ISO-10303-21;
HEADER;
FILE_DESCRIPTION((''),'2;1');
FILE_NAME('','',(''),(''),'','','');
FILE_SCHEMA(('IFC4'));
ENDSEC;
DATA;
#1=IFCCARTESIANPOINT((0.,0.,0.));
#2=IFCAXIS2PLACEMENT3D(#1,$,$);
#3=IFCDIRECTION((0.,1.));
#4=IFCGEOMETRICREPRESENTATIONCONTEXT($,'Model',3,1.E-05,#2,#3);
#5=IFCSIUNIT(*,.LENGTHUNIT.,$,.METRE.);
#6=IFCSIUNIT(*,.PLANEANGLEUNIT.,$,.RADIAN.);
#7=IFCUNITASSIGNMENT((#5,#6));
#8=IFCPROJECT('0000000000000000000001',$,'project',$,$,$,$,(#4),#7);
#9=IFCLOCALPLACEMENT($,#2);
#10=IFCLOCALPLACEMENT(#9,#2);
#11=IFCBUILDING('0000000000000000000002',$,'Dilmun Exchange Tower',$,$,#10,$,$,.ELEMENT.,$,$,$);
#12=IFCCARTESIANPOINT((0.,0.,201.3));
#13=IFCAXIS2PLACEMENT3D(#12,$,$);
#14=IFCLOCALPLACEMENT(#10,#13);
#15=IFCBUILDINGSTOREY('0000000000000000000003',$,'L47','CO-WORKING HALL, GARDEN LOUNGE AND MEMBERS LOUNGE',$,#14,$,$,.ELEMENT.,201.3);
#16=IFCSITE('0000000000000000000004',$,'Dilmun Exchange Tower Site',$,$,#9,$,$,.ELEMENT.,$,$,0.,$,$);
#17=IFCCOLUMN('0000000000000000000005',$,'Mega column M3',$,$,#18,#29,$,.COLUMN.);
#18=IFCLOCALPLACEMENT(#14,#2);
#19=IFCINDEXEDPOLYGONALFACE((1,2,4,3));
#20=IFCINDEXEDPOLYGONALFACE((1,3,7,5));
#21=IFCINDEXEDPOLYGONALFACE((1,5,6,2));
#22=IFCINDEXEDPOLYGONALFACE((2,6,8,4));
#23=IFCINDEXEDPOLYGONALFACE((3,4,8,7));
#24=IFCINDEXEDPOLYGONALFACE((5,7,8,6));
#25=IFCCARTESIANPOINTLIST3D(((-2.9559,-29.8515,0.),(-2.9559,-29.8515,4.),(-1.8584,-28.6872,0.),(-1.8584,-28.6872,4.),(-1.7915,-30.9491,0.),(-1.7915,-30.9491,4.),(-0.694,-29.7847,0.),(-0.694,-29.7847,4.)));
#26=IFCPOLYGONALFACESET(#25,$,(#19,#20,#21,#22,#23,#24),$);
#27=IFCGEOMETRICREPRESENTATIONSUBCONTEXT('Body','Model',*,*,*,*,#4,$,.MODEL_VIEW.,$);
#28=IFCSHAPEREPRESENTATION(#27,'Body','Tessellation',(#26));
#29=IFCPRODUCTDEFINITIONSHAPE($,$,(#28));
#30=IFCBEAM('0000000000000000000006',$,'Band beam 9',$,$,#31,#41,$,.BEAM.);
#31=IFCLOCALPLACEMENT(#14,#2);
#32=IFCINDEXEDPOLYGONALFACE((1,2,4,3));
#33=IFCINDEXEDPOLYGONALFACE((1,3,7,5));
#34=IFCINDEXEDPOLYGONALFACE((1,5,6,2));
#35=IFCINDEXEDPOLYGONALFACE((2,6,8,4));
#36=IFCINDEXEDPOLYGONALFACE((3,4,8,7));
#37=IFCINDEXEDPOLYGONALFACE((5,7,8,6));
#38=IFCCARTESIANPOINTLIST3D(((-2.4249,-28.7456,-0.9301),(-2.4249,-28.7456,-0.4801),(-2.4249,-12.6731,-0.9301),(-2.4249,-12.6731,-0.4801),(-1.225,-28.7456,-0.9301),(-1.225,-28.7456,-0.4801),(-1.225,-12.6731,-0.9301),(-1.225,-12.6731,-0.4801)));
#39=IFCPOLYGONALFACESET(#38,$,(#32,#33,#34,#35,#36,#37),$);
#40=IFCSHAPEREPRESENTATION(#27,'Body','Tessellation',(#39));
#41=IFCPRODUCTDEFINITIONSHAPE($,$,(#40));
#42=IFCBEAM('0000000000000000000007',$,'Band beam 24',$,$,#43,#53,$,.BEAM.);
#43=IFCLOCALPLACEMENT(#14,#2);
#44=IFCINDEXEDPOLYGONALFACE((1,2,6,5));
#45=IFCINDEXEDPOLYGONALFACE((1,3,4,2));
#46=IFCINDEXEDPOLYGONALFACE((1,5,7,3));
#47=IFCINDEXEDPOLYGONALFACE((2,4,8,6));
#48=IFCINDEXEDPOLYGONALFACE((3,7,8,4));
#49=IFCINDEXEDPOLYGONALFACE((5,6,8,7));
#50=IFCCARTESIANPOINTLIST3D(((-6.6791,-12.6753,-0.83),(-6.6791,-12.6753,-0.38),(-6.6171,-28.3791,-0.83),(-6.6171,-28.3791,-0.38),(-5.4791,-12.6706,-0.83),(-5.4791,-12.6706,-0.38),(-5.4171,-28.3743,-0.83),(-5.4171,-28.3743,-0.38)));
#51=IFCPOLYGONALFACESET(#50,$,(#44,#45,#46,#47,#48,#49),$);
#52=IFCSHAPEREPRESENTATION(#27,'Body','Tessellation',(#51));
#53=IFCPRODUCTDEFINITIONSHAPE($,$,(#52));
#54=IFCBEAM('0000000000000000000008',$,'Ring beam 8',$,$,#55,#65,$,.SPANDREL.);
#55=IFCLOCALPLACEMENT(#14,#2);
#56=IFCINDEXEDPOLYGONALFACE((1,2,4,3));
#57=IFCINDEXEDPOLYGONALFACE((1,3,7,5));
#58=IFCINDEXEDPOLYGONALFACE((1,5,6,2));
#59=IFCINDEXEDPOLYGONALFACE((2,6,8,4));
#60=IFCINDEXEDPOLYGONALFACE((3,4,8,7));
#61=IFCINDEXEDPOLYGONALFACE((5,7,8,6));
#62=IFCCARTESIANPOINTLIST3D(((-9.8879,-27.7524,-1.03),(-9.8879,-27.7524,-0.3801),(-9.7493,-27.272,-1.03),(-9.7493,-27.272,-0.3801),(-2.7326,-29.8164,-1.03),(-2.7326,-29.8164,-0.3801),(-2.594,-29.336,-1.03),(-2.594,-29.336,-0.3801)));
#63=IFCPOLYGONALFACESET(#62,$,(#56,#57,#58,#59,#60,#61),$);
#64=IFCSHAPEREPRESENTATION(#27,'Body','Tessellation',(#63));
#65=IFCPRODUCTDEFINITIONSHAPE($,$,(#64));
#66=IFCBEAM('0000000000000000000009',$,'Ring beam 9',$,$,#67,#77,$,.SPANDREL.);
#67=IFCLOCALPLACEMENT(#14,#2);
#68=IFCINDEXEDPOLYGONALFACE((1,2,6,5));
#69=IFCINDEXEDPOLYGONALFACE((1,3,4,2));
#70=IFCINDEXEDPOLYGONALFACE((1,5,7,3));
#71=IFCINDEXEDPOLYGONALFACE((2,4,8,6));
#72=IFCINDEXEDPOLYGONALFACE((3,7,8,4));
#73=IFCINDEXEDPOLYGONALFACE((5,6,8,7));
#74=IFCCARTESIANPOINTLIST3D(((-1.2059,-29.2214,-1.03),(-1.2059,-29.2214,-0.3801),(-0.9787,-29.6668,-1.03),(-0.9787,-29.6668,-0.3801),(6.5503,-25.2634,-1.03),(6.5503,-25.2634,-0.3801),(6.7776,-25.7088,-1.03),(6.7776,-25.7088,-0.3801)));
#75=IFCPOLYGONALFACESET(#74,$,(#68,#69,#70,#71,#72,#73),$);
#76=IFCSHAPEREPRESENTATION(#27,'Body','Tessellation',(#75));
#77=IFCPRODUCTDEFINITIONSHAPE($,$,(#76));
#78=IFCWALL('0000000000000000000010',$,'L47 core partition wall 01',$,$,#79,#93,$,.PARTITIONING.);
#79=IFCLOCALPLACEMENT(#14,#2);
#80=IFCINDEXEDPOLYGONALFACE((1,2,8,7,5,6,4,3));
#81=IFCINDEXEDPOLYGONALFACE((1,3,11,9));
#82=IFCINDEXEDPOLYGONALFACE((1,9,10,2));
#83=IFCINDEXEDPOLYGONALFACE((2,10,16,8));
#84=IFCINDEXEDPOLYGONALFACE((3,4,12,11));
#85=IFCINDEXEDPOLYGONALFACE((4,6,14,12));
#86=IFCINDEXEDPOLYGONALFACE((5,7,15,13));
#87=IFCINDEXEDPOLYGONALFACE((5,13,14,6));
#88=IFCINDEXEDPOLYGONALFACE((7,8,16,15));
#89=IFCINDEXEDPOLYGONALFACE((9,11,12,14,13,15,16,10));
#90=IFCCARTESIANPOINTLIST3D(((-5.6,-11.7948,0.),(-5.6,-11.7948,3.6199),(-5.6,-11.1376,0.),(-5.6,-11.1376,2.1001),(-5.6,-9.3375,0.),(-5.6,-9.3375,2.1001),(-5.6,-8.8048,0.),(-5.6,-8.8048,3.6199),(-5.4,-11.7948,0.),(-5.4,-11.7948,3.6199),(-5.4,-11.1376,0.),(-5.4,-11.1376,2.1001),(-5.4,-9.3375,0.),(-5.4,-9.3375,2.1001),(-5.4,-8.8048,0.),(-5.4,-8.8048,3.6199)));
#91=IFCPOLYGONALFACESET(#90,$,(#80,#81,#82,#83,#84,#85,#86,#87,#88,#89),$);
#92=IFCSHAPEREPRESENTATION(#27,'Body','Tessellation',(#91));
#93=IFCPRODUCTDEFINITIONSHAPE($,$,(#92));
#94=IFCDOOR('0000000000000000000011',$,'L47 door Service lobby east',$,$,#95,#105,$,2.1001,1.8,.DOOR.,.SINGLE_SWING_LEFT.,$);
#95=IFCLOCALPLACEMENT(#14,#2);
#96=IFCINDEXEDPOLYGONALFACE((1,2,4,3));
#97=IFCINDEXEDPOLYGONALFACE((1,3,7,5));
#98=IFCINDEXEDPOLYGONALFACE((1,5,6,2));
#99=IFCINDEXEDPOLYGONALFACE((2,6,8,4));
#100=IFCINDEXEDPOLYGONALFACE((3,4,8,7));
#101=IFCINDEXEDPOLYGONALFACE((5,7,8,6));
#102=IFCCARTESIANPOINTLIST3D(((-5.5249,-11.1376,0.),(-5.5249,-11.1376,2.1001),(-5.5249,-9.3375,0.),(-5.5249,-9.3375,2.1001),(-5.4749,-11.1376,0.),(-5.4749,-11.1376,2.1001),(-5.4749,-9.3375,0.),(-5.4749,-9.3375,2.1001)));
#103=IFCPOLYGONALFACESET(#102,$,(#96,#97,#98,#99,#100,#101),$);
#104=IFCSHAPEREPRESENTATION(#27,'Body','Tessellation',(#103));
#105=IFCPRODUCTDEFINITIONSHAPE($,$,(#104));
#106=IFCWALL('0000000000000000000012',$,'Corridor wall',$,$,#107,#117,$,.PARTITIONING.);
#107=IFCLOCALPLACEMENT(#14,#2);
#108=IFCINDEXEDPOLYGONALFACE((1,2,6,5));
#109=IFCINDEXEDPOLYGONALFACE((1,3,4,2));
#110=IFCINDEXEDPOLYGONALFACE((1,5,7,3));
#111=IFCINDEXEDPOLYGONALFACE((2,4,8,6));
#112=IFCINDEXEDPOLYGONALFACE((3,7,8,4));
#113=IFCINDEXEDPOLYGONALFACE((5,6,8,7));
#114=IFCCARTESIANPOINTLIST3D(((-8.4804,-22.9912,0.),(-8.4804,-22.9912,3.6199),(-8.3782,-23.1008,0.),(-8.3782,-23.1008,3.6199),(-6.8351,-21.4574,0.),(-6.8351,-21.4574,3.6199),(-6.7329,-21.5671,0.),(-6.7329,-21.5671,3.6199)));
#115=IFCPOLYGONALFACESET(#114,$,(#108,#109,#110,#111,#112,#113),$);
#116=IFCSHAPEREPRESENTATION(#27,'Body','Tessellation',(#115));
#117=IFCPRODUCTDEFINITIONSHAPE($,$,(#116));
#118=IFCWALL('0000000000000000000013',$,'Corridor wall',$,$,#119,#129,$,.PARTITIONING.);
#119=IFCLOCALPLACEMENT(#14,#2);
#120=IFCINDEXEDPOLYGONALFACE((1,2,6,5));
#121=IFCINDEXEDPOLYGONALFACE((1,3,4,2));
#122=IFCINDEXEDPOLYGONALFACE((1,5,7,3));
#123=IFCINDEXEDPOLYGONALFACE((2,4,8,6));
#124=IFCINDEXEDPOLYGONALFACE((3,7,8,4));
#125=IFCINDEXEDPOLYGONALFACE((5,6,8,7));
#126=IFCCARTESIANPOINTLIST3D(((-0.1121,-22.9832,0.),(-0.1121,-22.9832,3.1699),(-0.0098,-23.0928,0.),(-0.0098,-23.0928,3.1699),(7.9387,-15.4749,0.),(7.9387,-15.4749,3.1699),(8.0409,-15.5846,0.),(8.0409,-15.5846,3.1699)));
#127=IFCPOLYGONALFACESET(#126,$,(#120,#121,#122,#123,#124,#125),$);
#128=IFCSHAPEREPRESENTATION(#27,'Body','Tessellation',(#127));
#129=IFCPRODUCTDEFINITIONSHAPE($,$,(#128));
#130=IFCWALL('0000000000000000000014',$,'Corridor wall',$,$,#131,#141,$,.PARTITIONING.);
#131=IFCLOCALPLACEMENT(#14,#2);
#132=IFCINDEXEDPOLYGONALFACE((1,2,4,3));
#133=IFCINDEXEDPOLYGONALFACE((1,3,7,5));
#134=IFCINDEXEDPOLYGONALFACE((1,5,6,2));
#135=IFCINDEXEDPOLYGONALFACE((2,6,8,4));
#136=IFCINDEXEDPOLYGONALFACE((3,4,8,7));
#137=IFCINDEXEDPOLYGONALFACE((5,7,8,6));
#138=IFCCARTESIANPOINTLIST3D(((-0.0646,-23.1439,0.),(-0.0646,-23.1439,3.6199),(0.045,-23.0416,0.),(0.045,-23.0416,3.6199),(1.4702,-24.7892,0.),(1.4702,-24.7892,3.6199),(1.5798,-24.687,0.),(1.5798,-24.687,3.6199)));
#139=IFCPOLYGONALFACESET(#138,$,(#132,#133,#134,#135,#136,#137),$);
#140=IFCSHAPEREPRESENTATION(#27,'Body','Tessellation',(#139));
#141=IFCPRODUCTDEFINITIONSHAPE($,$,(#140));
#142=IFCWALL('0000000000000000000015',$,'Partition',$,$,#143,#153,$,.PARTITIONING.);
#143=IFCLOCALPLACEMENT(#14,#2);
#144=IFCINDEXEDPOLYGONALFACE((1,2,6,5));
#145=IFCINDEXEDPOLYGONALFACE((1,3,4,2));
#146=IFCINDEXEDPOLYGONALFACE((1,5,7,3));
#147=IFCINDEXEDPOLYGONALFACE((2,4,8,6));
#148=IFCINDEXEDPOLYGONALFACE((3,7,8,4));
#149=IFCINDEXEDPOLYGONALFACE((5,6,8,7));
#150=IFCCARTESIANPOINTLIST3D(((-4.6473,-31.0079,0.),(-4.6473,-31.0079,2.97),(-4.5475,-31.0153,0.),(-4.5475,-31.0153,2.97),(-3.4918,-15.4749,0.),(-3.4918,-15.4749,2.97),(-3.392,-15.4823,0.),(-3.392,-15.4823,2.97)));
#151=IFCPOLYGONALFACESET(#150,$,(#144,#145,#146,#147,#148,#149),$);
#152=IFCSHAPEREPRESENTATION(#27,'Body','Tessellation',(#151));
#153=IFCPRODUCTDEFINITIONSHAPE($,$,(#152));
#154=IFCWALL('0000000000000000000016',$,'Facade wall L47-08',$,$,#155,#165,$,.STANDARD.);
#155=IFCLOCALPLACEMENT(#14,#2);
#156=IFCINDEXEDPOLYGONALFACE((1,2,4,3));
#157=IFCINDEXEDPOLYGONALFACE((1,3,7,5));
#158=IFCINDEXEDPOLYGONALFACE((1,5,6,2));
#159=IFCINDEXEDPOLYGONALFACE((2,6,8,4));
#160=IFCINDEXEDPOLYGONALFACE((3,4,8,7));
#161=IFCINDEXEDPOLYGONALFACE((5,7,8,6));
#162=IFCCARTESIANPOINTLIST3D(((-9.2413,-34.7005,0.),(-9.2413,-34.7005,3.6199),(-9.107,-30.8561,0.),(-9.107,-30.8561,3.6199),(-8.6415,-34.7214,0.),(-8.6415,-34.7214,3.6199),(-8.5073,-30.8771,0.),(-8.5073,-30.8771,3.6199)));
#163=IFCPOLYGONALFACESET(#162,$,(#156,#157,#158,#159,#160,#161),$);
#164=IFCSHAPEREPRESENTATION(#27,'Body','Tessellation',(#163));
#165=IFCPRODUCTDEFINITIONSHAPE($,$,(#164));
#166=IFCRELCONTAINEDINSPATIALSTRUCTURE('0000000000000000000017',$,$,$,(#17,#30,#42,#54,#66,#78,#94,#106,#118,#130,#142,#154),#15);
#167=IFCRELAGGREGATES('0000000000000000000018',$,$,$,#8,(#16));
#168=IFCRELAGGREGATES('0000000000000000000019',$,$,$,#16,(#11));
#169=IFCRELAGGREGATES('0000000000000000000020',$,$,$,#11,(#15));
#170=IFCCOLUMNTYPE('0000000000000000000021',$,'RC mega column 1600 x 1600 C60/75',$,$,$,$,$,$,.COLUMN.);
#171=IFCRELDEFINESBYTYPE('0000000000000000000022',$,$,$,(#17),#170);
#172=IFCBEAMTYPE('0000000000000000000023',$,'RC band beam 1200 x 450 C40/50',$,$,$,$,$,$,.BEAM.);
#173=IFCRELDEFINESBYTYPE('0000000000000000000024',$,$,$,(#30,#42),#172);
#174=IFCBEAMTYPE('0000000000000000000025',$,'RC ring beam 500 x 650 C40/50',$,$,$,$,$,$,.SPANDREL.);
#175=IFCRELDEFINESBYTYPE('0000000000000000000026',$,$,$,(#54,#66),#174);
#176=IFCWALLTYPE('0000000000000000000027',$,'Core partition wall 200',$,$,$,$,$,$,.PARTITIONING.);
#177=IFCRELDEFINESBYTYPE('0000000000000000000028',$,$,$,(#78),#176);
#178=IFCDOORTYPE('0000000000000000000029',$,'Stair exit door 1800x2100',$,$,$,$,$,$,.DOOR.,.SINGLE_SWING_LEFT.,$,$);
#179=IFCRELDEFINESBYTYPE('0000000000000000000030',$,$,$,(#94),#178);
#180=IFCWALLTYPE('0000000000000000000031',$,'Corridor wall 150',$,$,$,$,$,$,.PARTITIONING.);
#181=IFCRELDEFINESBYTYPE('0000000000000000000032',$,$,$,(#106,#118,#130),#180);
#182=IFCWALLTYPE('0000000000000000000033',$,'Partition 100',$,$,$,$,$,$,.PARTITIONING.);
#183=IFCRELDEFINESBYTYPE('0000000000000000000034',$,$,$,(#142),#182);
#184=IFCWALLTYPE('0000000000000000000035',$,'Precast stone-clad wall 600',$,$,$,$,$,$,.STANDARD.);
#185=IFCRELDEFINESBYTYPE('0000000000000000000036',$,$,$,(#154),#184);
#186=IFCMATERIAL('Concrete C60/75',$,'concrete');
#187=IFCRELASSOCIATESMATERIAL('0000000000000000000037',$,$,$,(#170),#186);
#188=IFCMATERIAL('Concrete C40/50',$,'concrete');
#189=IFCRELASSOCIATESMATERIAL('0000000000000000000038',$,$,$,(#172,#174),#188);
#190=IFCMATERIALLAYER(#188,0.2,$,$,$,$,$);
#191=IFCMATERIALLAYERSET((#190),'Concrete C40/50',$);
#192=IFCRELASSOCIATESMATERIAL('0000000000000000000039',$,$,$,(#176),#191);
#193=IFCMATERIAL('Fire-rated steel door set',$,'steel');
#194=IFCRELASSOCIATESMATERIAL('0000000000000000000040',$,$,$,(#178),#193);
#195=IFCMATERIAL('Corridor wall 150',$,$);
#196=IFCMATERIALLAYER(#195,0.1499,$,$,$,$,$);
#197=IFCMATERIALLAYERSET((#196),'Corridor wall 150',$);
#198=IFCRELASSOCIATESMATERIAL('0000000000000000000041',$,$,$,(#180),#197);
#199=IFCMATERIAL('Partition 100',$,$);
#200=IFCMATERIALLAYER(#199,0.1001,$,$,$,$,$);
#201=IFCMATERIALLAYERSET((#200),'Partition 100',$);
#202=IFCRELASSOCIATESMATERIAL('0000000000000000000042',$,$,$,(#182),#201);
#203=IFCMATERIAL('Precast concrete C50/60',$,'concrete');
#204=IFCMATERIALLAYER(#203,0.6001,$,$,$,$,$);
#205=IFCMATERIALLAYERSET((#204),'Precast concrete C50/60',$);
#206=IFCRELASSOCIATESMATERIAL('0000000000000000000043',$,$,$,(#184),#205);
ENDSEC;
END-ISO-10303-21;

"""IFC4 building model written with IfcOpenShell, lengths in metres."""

from ifc_helpers import new_model, si_unit, direction, frame, frame_2d, origin, origin_2d, place, context, subcontext, project, spatial, rectangle, extrude, material, layer, layer_set, material_profile, profile_set, type_object, element, fill, save


model = new_model("IFC4")

# Units and contexts
model_context = context("Model", 3, precision=1e-05, world=origin(), true_north=direction((0.0, 1.0)))
body_context = subcontext(model_context, "Body", "Model", "MODEL_VIEW")
ifc_project = project(units=[si_unit("LENGTHUNIT", "METRE"), si_unit("PLANEANGLEUNIT", "RADIAN")], contexts=[model_context])

# Site, building, storey
site_placement = place(None, origin())
site = spatial("IfcSite", under=ifc_project, at=site_placement, Name="Dilmun Exchange Tower Site", CompositionType="ELEMENT", RefElevation=0.0)
building_placement = place(site_placement, origin())
building = spatial("IfcBuilding", under=site, at=building_placement, Name="Dilmun Exchange Tower", CompositionType="ELEMENT")
storey_placement = place(building_placement, frame((0.0, 0.0, 201.3)))
storey = spatial("IfcBuildingStorey", under=building, at=storey_placement, Name="L47", Description="CO-WORKING HALL, GARDEN LOUNGE AND MEMBERS LOUNGE", CompositionType="ELEMENT", Elevation=201.3)

# Column
ifc_material_1 = material(Name="Concrete C60/75", Category="concrete")
ifc_material_profile_1 = material_profile(ifc_material_1, rectangle(XDim=1.6001, YDim=1.6001, at=origin_2d()), Name="1600 x 1600")
ifc_profile_set_1 = profile_set([ifc_material_profile_1], Name="Concrete C60/75")
column_type = type_object("IfcColumnType", Name="RC mega column 1600 x 1600 C60/75", PredefinedType="COLUMN", material=ifc_profile_set_1)
column_placement = place(storey_placement, frame((-1.825, -29.8181, 0.0), z_axis=(0.0, 0.0, 1.0), x_axis=(0.685916, 0.727681, 0.0)))
element("IfcColumn", 1, at=column_placement, inside=storey, type_object=column_type, Name="Mega column M3", PredefinedType="COLUMN", context=body_context, shape_type="SweptSolid", body=[
    extrude(rectangle(XDim=1.6001, YDim=1.6001, at=origin_2d()), origin(), (0.0, 0.0, 1.0), 4.0),
])

# Beams
ifc_material_2 = material(Name="Concrete C40/50", Category="concrete")
ifc_material_profile_2 = material_profile(ifc_material_2, rectangle(XDim=1.2, YDim=0.45, at=origin_2d()), Name="1200 x 450")
ifc_profile_set_2 = profile_set([ifc_material_profile_2], Name="Concrete C40/50")
beam_type_1 = type_object("IfcBeamType", Name="RC band beam 1200 x 450 C40/50", PredefinedType="BEAM", material=ifc_profile_set_2)
beam_1_placement = place(storey_placement, frame((-1.825, -28.7456, -0.7051), z_axis=(0.0, 1.0, 0.0), x_axis=(-1.0, 0.0, 0.0)))
element("IfcBeam", 2, at=beam_1_placement, inside=storey, type_object=beam_type_1, Name="Band beam 9", PredefinedType="BEAM", context=body_context, shape_type="SweptSolid", body=[
    extrude(rectangle(XDim=1.2, YDim=0.45, at=origin_2d()), origin(), (0.0, 0.0, 1.0), 16.0725),
])
beam_2_placement = place(storey_placement, frame((-6.0171, -28.3767, -0.605), z_axis=(-0.003949, 0.999992, 0.0), x_axis=(-0.999992, -0.003949, 0.0)))
element("IfcBeam", 3, at=beam_2_placement, inside=storey, type_object=beam_type_1, Name="Band beam 24", PredefinedType="BEAM", context=body_context, shape_type="SweptSolid", body=[
    extrude(rectangle(XDim=1.2, YDim=0.45, at=origin_2d()), origin(), (0.0, 0.0, 1.0), 15.7039),
])
ifc_material_profile_3 = material_profile(ifc_material_2, rectangle(XDim=0.5, YDim=0.6499, at=origin_2d()), Name="500 x 650")
ifc_profile_set_3 = profile_set([ifc_material_profile_3], Name="Concrete C40/50")
beam_type_2 = type_object("IfcBeamType", Name="RC ring beam 500 x 650 C40/50", PredefinedType="SPANDREL", material=ifc_profile_set_3)
beam_3_placement = place(storey_placement, frame((-9.8186, -27.5122, -0.7051), z_axis=(0.960826, -0.277154, 0.0), x_axis=(0.277154, 0.960826, 0.0)))
element("IfcBeam", 4, at=beam_3_placement, inside=storey, type_object=beam_type_2, Name="Ring beam 8", PredefinedType="SPANDREL", context=body_context, shape_type="SweptSolid", body=[
    extrude(rectangle(XDim=0.5, YDim=0.6499, at=origin_2d()), origin(), (0.0, 0.0, 1.0), 7.447),
])
beam_4_placement = place(storey_placement, frame((-1.0923, -29.4441, -0.7051), z_axis=(0.89073, 0.454533, 0.0), x_axis=(-0.454533, 0.89073, 0.0)))
element("IfcBeam", 5, at=beam_4_placement, inside=storey, type_object=beam_type_2, Name="Ring beam 9", PredefinedType="SPANDREL", context=body_context, shape_type="SweptSolid", body=[
    extrude(rectangle(XDim=0.5, YDim=0.6499, at=origin_2d()), origin(), (0.0, 0.0, 1.0), 8.7078),
])

# Wall, opening, door
ifc_layer_1 = layer(ifc_material_2, 0.2)
ifc_layer_set_1 = layer_set([ifc_layer_1], Name="Concrete C40/50")
wall_type_1 = type_object("IfcWallType", Name="Core partition wall 200", PredefinedType="PARTITIONING", material=ifc_layer_set_1)
wall_1_placement = place(storey_placement, frame((-5.5, -11.7949, 0.0), z_axis=(0.0, 0.0, 1.0), x_axis=(0.0, 1.0, 0.0)))
wall_1 = element("IfcWall", 6, at=wall_1_placement, inside=storey, type_object=wall_type_1, Name="L47 core partition wall 01", PredefinedType="PARTITIONING", context=body_context, shape_type="SweptSolid", body=[
    extrude(rectangle(XDim=2.99, YDim=0.2, at=frame_2d((1.4951, 0.0))), origin(), (0.0, 0.0, 1.0), 3.6199),
])
opening_1_placement = place(wall_1_placement, frame((0.6575, 0.0, 0.0)))
opening_1 = element("IfcOpeningElement", 7, at=opening_1_placement, cuts=wall_1, PredefinedType="OPENING", context=body_context, shape_type="SweptSolid", body=[
    extrude(rectangle(XDim=1.8, YDim=2.1001, at=frame_2d((0.8999, 1.05))), frame((0.0, 0.1099, 0.0), z_axis=(0.0, -1.0, 0.0), x_axis=(1.0, 0.0, 0.0)), (0.0, 0.0, 1.0), 0.22),
])
ifc_material_3 = material(Name="Fire-rated steel door set", Category="steel")
door_type = type_object("IfcDoorType", Name="Stair exit door 1800x2100", OperationType="SINGLE_SWING_LEFT", PredefinedType="DOOR", material=ifc_material_3)
door_placement = place(opening_1_placement, origin())
door = element("IfcDoor", 8, at=door_placement, inside=storey, type_object=door_type, Name="L47 door Service lobby east", OperationType="SINGLE_SWING_LEFT", OverallHeight=2.1001, OverallWidth=1.8, PredefinedType="DOOR", context=body_context, shape_type="SweptSolid", body=[
    extrude(rectangle(XDim=1.8, YDim=2.1001, at=frame_2d((0.8999, 1.05))), frame((0.0, 0.0249, 0.0), z_axis=(0.0, -1.0, 0.0), x_axis=(1.0, 0.0, 0.0)), (0.0, 0.0, 1.0), 0.05),
])
fill(opening_1, door)

# Walls
ifc_material_4 = material(Name="Corridor wall 150")
ifc_layer_2 = layer(ifc_material_4, 0.1499)
ifc_layer_set_2 = layer_set([ifc_layer_2], Name="Corridor wall 150")
wall_type_2 = type_object("IfcWallType", Name="Corridor wall 150", PredefinedType="PARTITIONING", material=ifc_layer_set_2)
wall_2_placement = place(storey_placement, frame((-8.4292, -23.0459, 0.0), z_axis=(0.0, 0.0, 1.0), x_axis=(0.731474, 0.68187, 0.0)))
element("IfcWall", 9, at=wall_2_placement, inside=storey, type_object=wall_type_2, Name="Corridor wall", PredefinedType="PARTITIONING", context=body_context, shape_type="SweptSolid", body=[
    extrude(rectangle(XDim=2.2493, YDim=0.1499, at=frame_2d((1.1245, 0.0))), origin(), (0.0, 0.0, 1.0), 3.6199),
])
wall_3_placement = place(storey_placement, frame((-0.061, -23.0381, 0.0), z_axis=(0.0, 0.0, 1.0), x_axis=(0.731316, 0.682038, 0.0)))
element("IfcWall", 10, at=wall_3_placement, inside=storey, type_object=wall_type_2, Name="Corridor wall", PredefinedType="PARTITIONING", context=body_context, shape_type="SweptSolid", body=[
    extrude(rectangle(XDim=11.0085, YDim=0.1499, at=frame_2d((5.5044, 0.0))), origin(), (0.0, 0.0, 1.0), 3.1699),
])
wall_4_placement = place(storey_placement, frame((-0.0098, -23.0928, 0.0), z_axis=(0.0, 0.0, 1.0), x_axis=(0.682102, -0.731257, 0.0)))
element("IfcWall", 11, at=wall_4_placement, inside=storey, type_object=wall_type_2, Name="Corridor wall", PredefinedType="PARTITIONING", context=body_context, shape_type="SweptSolid", body=[
    extrude(rectangle(XDim=2.25, YDim=0.1499, at=frame_2d((1.125, 0.0))), origin(), (0.0, 0.0, 1.0), 3.6199),
])
ifc_material_5 = material(Name="Partition 100")
ifc_layer_3 = layer(ifc_material_5, 0.1001)
ifc_layer_set_3 = layer_set([ifc_layer_3], Name="Partition 100")
wall_type_3 = type_object("IfcWallType", Name="Partition 100", PredefinedType="PARTITIONING", material=ifc_layer_set_3)
wall_5_placement = place(storey_placement, frame((-4.5974, -31.0117, 0.0), z_axis=(0.0, 0.0, 1.0), x_axis=(0.074186, 0.997244, 0.0)))
element("IfcWall", 12, at=wall_5_placement, inside=storey, type_object=wall_type_3, Name="Partition", PredefinedType="PARTITIONING", context=body_context, shape_type="SweptSolid", body=[
    extrude(rectangle(XDim=15.5759, YDim=0.1001, at=frame_2d((7.7881, 0.0))), origin(), (0.0, 0.0, 1.0), 2.97),
])
ifc_material_6 = material(Name="Precast concrete C50/60", Category="concrete")
ifc_layer_4 = layer(ifc_material_6, 0.6001)
ifc_layer_set_4 = layer_set([ifc_layer_4], Name="Precast concrete C50/60")
wall_type_4 = type_object("IfcWallType", Name="Precast stone-clad wall 600", PredefinedType="STANDARD", material=ifc_layer_set_4)
wall_6_placement = place(storey_placement, frame((-8.9414, -34.7109, 0.0), z_axis=(0.0, 0.0, 1.0), x_axis=(0.034908, 0.999391, 0.0)))
element("IfcWall", 13, at=wall_6_placement, inside=storey, type_object=wall_type_4, Name="Facade wall L47-08", PredefinedType="STANDARD", context=body_context, shape_type="SweptSolid", body=[
    extrude(rectangle(XDim=3.8467, YDim=0.6001, at=frame_2d((1.9233, 0.0))), origin(), (0.0, 0.0, 1.0), 3.6199),
])

save(model, "model.ifc")
